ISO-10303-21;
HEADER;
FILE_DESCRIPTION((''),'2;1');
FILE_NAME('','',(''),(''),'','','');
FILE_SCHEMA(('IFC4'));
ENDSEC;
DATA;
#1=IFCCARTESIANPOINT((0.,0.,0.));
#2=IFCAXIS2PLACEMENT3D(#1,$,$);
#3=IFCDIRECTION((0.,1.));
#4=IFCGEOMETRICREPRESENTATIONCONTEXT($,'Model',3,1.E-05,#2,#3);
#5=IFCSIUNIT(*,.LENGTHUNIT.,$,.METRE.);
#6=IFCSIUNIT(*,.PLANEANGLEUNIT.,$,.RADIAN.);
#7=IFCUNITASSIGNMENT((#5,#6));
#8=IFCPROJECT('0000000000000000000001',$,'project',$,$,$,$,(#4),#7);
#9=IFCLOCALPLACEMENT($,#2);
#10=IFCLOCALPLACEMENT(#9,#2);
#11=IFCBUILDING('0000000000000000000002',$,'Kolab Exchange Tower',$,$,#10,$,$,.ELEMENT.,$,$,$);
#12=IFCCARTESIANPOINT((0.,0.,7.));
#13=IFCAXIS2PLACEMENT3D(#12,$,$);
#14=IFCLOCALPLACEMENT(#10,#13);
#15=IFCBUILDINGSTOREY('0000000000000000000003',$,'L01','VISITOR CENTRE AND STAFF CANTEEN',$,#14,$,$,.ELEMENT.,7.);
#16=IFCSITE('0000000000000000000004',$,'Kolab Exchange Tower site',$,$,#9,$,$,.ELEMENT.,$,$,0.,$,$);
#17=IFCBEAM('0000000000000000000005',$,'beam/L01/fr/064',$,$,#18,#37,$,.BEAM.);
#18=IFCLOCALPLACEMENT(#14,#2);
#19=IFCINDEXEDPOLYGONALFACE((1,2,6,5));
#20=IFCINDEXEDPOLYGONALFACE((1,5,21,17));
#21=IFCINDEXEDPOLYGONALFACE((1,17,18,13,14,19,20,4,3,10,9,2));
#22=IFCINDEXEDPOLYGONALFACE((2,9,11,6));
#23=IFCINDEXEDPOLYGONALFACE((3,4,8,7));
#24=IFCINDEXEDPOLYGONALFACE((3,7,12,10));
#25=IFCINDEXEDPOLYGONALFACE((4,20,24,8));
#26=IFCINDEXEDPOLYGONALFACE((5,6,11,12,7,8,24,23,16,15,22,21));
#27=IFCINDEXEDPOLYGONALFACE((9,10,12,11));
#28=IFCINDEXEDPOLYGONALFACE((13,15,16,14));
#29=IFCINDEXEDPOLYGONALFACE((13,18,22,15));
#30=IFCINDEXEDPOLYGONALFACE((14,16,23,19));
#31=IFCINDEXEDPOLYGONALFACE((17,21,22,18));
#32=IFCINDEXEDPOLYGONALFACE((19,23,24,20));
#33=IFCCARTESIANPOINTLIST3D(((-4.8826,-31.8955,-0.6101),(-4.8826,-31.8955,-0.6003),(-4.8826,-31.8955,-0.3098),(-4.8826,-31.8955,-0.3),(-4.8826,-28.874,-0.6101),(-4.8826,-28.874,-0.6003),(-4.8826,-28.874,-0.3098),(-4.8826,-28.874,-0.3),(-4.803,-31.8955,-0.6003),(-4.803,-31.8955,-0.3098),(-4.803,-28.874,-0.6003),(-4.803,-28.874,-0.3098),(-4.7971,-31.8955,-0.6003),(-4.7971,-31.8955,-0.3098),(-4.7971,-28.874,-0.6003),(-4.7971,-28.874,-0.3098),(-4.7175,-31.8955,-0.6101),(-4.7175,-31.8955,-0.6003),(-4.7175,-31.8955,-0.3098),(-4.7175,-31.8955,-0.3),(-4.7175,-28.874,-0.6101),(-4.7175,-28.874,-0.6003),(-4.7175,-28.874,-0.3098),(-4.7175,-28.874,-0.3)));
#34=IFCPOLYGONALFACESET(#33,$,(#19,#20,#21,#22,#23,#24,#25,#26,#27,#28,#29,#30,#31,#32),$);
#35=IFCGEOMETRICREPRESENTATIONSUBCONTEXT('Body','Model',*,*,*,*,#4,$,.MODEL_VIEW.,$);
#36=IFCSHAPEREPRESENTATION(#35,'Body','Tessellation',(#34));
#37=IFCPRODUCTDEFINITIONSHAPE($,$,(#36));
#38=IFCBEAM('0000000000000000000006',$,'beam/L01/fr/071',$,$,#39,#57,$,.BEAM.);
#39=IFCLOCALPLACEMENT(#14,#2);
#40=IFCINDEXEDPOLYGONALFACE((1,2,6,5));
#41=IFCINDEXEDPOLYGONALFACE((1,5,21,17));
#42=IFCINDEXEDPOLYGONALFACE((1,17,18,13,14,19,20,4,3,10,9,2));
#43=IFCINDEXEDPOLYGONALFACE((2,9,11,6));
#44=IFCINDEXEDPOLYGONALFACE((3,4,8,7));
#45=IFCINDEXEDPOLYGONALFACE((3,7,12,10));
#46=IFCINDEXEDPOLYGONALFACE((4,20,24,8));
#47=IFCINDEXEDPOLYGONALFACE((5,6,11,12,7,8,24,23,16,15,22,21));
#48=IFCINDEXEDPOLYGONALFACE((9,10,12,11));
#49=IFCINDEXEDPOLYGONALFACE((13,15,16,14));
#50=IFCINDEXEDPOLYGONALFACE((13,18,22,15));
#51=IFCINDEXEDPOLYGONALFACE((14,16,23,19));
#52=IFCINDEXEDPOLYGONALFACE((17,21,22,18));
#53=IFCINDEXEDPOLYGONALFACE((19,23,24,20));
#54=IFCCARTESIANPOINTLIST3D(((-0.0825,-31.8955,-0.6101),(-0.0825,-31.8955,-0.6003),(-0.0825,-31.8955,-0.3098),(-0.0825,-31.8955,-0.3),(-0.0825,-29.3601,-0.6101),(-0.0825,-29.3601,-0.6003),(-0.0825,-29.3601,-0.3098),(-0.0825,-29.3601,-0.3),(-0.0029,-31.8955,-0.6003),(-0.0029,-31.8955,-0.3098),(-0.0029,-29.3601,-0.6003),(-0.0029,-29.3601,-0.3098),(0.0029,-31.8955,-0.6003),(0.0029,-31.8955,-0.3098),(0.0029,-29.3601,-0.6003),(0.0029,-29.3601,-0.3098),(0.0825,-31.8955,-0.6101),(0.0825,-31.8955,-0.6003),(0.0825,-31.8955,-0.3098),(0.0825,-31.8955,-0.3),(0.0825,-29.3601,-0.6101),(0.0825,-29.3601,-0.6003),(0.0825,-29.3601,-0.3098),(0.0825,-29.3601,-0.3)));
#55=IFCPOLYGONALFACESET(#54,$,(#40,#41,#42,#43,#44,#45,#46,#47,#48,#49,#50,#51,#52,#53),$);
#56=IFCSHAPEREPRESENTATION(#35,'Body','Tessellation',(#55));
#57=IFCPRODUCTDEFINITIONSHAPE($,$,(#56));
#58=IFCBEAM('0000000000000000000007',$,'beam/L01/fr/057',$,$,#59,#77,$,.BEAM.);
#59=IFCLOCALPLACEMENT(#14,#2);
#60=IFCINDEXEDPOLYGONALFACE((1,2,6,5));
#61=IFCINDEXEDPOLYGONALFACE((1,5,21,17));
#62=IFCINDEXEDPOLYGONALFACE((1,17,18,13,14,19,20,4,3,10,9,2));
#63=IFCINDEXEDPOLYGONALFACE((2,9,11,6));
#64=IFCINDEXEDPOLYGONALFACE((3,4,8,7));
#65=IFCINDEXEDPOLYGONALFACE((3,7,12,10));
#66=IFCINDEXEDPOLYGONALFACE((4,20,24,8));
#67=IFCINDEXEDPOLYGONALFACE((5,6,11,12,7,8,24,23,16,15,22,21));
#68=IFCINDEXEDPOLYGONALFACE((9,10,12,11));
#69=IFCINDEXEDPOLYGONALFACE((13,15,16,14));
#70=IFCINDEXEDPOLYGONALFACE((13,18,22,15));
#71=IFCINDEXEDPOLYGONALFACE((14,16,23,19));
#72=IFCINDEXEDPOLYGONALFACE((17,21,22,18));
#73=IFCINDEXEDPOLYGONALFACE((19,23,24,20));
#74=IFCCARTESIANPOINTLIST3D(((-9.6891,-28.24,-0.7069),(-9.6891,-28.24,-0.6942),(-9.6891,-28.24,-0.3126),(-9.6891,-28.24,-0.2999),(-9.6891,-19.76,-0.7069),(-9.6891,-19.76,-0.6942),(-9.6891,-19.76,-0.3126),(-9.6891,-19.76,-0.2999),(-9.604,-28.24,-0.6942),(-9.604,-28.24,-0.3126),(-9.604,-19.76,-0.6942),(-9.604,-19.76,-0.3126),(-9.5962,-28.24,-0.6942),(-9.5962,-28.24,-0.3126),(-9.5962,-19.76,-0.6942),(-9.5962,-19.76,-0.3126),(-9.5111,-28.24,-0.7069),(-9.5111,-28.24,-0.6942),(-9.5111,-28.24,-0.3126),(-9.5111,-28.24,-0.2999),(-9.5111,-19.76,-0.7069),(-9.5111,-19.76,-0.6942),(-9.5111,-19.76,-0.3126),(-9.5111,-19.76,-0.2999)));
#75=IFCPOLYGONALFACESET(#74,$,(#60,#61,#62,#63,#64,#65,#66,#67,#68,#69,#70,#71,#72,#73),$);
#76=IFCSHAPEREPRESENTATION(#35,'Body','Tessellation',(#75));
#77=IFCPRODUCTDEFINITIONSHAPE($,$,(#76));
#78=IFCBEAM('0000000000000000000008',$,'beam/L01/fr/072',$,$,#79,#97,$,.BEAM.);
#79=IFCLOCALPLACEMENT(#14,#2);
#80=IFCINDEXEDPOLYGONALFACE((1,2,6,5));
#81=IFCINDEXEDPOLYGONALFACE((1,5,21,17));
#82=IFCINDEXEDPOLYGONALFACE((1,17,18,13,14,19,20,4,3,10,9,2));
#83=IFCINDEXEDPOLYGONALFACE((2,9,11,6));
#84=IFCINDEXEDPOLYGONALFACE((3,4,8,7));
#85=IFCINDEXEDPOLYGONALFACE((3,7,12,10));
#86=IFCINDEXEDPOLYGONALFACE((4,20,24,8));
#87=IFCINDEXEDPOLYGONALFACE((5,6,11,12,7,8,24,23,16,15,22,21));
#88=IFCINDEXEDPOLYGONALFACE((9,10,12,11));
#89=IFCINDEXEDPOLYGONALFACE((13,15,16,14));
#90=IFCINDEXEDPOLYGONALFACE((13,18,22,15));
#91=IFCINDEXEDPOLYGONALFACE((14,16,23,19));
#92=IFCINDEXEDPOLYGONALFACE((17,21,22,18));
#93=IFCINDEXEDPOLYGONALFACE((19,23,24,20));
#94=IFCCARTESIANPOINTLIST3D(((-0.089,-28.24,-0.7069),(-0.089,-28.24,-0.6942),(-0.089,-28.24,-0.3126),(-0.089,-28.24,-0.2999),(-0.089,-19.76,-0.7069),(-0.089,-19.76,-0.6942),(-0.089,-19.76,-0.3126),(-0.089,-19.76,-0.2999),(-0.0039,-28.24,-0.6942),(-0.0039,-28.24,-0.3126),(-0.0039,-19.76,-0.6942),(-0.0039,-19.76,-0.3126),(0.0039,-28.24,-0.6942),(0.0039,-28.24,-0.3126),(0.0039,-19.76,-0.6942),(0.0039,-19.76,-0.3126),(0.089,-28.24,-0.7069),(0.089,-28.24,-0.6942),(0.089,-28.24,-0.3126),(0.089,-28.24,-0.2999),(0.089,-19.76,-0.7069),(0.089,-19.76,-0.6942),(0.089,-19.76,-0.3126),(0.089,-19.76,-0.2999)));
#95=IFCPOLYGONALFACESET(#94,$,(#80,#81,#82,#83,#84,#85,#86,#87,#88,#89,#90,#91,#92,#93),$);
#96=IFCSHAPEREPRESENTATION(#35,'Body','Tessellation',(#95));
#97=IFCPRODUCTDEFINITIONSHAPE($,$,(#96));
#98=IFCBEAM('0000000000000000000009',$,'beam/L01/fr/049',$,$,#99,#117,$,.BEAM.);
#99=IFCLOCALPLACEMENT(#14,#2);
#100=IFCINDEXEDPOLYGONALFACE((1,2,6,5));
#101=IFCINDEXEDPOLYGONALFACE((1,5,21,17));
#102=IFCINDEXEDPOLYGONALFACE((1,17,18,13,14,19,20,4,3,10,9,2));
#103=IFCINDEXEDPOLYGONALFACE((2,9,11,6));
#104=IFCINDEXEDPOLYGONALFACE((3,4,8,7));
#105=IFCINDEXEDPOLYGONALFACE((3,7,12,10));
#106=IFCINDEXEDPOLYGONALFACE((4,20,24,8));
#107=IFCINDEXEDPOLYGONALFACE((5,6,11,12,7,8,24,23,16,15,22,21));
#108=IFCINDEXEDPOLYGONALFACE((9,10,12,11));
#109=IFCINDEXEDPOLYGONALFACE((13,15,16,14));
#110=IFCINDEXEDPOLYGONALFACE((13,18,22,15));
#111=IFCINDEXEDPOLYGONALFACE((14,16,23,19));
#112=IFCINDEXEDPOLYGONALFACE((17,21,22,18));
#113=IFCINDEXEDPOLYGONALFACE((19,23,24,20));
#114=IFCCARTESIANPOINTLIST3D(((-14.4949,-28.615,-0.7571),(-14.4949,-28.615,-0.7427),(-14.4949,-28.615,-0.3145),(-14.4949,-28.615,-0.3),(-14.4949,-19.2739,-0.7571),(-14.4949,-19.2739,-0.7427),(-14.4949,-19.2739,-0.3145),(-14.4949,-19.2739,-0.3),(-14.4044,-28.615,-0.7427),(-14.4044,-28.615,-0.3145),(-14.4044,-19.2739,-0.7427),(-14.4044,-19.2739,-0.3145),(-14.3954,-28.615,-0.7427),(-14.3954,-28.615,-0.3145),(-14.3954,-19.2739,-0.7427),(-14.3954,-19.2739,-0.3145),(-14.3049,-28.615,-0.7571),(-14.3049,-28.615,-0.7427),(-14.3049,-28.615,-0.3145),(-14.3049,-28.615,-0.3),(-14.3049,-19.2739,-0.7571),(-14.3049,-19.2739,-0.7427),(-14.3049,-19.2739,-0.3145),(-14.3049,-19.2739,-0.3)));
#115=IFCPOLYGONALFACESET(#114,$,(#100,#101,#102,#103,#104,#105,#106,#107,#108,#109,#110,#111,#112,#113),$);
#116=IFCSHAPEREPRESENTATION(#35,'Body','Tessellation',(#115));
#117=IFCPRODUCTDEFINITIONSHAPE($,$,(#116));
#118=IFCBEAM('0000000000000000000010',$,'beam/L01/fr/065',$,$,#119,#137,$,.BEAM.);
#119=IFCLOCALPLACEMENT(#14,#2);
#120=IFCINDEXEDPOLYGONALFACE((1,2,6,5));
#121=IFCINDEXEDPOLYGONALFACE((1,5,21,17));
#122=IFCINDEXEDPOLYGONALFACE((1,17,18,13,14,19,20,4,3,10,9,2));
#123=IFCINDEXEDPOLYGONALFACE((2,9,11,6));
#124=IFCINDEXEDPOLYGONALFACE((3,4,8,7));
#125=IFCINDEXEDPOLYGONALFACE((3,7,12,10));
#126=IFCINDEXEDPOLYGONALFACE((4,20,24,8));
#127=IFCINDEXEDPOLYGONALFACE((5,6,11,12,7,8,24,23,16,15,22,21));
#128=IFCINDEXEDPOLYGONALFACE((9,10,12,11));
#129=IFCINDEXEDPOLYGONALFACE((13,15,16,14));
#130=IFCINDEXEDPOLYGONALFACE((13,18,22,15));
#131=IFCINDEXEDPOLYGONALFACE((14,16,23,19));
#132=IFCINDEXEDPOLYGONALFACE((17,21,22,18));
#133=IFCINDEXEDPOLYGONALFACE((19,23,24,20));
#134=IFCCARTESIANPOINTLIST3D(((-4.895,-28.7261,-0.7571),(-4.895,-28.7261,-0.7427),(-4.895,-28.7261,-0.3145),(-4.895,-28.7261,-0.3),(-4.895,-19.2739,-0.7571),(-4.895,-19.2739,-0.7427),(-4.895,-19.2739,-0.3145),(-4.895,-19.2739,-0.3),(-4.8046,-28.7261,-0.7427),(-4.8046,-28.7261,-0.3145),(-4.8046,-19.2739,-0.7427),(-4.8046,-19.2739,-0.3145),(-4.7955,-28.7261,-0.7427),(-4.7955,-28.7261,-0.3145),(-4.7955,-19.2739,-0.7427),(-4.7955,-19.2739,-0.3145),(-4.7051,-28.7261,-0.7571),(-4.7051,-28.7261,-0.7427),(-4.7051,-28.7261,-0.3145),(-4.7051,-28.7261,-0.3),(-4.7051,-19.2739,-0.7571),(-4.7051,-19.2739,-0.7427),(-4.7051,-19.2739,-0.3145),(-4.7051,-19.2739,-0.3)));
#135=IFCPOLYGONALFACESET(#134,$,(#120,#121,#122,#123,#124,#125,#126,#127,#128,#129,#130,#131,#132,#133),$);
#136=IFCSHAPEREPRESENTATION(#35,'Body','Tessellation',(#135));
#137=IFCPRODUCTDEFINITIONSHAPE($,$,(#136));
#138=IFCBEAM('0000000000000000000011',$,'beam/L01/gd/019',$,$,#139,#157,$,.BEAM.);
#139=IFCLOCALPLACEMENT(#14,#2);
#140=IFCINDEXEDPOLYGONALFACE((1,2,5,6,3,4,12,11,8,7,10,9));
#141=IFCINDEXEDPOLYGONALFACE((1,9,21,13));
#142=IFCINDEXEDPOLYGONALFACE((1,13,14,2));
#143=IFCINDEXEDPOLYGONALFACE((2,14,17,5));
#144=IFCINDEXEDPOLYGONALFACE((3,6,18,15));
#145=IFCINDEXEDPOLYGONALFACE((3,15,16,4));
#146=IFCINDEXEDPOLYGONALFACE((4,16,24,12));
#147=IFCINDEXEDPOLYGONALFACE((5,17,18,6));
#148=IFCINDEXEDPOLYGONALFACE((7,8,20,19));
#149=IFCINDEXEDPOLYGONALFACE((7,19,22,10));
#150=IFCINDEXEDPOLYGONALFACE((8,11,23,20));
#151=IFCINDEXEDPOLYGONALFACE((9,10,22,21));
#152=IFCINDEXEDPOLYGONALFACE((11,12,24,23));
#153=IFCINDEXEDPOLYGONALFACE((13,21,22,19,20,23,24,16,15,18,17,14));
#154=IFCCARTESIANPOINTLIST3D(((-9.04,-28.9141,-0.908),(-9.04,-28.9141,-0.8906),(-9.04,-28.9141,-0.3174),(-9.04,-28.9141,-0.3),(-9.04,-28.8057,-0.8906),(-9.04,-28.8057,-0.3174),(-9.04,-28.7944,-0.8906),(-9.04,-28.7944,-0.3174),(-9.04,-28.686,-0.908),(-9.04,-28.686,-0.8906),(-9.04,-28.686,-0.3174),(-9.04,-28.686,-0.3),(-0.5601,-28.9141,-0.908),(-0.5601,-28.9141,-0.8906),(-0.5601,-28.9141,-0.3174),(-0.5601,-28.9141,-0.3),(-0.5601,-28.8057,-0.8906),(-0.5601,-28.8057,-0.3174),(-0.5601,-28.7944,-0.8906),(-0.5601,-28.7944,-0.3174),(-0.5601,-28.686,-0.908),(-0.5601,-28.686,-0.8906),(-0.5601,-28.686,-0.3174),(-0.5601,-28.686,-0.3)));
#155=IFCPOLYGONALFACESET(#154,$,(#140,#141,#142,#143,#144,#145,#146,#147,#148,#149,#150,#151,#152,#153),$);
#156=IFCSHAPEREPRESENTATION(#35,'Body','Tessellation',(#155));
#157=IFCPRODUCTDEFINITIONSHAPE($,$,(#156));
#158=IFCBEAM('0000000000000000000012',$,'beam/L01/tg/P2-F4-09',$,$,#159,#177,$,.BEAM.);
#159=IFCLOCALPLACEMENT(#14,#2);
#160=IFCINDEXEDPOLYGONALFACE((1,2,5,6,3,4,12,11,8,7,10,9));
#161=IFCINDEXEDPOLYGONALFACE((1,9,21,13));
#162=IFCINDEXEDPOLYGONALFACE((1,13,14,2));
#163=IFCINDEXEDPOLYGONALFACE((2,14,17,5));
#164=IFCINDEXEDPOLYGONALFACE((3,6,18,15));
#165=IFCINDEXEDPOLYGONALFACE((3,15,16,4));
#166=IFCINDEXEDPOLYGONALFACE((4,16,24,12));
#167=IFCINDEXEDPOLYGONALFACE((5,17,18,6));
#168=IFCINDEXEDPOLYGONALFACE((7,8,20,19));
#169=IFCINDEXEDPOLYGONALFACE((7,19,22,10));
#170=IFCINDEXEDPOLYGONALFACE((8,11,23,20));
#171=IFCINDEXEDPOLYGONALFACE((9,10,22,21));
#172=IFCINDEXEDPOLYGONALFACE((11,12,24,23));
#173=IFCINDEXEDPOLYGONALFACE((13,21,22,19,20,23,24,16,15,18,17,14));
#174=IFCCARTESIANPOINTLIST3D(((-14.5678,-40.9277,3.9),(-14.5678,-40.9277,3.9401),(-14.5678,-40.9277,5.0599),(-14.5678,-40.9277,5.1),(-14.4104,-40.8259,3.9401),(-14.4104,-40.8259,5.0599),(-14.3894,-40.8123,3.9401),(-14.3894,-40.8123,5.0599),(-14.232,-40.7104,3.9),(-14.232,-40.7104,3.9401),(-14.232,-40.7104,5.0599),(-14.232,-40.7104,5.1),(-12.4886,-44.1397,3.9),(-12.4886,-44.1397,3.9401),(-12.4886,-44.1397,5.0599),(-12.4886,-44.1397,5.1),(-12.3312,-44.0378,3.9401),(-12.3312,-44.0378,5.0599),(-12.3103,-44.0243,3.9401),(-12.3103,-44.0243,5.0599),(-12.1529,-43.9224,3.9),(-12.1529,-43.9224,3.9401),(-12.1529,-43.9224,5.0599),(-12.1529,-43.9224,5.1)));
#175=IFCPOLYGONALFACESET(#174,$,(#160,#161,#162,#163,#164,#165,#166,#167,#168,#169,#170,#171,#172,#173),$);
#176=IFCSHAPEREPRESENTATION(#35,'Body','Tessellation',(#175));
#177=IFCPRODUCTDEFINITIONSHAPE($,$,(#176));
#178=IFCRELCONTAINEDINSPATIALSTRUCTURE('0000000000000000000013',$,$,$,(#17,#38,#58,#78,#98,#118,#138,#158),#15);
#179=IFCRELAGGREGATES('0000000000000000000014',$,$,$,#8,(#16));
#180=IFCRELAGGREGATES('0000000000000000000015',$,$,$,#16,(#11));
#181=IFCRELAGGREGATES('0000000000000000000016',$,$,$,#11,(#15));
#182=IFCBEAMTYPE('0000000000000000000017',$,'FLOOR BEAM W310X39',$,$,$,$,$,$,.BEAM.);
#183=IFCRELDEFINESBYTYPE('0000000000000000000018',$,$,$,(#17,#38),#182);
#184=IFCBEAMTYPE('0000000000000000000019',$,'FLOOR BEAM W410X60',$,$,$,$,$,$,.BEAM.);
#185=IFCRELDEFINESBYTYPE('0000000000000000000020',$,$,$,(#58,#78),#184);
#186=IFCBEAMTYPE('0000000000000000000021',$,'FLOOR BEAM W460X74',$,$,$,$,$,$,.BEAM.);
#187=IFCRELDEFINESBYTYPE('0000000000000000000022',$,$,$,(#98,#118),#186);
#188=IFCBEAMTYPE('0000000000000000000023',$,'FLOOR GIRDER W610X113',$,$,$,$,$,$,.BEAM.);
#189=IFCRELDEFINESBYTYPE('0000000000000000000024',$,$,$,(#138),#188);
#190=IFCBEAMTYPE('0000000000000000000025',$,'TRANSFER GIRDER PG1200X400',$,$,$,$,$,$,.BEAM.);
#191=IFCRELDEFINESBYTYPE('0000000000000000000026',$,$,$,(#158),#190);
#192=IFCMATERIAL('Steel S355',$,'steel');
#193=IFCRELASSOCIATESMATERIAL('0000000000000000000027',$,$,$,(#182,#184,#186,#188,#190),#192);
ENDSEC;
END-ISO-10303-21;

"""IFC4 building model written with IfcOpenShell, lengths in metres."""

from ifc_helpers import new_model, si_unit, direction, frame, origin, origin_2d, place, context, subcontext, project, spatial, i_section, extrude, material, material_profile, profile_set, type_object, element, save


model = new_model("IFC4")

# Units and contexts
model_context = context("Model", 3, precision=1e-05, world=origin(), true_north=direction((0.0, 1.0)))
body_context = subcontext(model_context, "Body", "Model", "MODEL_VIEW")
ifc_project = project(units=[si_unit("LENGTHUNIT", "METRE"), si_unit("PLANEANGLEUNIT", "RADIAN")], contexts=[model_context])

# Site, building, storey
site_placement = place(None, origin())
site = spatial("IfcSite", under=ifc_project, at=site_placement, Name="Kolab Exchange Tower site", CompositionType="ELEMENT", RefElevation=0.0)
building_placement = place(site_placement, origin())
building = spatial("IfcBuilding", under=site, at=building_placement, Name="Kolab Exchange Tower", CompositionType="ELEMENT")
storey_placement = place(building_placement, frame((0.0, 0.0, 7.0)))
storey = spatial("IfcBuildingStorey", under=building, at=storey_placement, Name="L01", Description="VISITOR CENTRE AND STAFF CANTEEN", CompositionType="ELEMENT", Elevation=7.0)

# Beams
ifc_material_1 = material(Name="Steel S355", Category="steel")
ifc_material_profile_1 = material_profile(ifc_material_1, i_section(OverallWidth=0.165, OverallDepth=0.3101, WebThickness=0.0059, FlangeThickness=0.0098, at=origin_2d()), Name="W310X39")
ifc_profile_set_1 = profile_set([ifc_material_profile_1], Name="Steel S355")
beam_type_1 = type_object("IfcBeamType", Name="FLOOR BEAM W310X39", PredefinedType="BEAM", material=ifc_profile_set_1)
beam_1_placement = place(storey_placement, frame((-4.8, -31.8955, -0.4551), z_axis=(0.0, 1.0, 0.0), x_axis=(-1.0, 0.0, 0.0)))
element("IfcBeam", 1, at=beam_1_placement, inside=storey, type_object=beam_type_1, Name="beam/L01/fr/064", PredefinedType="BEAM", context=body_context, shape_type="SweptSolid", body=[
    extrude(i_section(OverallWidth=0.165, OverallDepth=0.3101, WebThickness=0.0059, FlangeThickness=0.0098, at=origin_2d()), origin(), (0.0, 0.0, 1.0), 3.0215),
])
beam_2_placement = place(storey_placement, frame((0.0, -31.8955, -0.4551), z_axis=(0.0, 1.0, 0.0), x_axis=(-1.0, 0.0, 0.0)))
element("IfcBeam", 2, at=beam_2_placement, inside=storey, type_object=beam_type_1, Name="beam/L01/fr/071", PredefinedType="BEAM", context=body_context, shape_type="SweptSolid", body=[
    extrude(i_section(OverallWidth=0.165, OverallDepth=0.3101, WebThickness=0.0059, FlangeThickness=0.0098, at=origin_2d()), origin(), (0.0, 0.0, 1.0), 2.5354),
])
ifc_material_profile_2 = material_profile(ifc_material_1, i_section(OverallWidth=0.178, OverallDepth=0.407, WebThickness=0.0078, FlangeThickness=0.0127, at=origin_2d()), Name="W410X60")
ifc_profile_set_2 = profile_set([ifc_material_profile_2], Name="Steel S355")
beam_type_2 = type_object("IfcBeamType", Name="FLOOR BEAM W410X60", PredefinedType="BEAM", material=ifc_profile_set_2)
for number, where, z_axis, x_axis, name in (
    (3, (-9.6001, -28.24, -0.5034), (0.0, 1.0, 0.0), (-1.0, 0.0, 0.0), "beam/L01/fr/057"),
    (4, (0.0, -28.24, -0.5034), (0.0, 1.0, 0.0), (-1.0, 0.0, 0.0), "beam/L01/fr/072"),
):
    element("IfcBeam", number, at=place(storey_placement, frame(where, z_axis=z_axis, x_axis=x_axis)), inside=storey, type_object=beam_type_2, Name=name, PredefinedType="BEAM", context=body_context, shape_type="SweptSolid", body=[
        extrude(i_section(OverallWidth=0.178, OverallDepth=0.407, WebThickness=0.0078, FlangeThickness=0.0127, at=origin_2d()), origin(), (0.0, 0.0, 1.0), 8.48),
    ])
ifc_material_profile_3 = material_profile(ifc_material_1, i_section(OverallWidth=0.1899, OverallDepth=0.457, WebThickness=0.009, FlangeThickness=0.0144, at=origin_2d()), Name="W460X74")
ifc_profile_set_3 = profile_set([ifc_material_profile_3], Name="Steel S355")
beam_type_3 = type_object("IfcBeamType", Name="FLOOR BEAM W460X74", PredefinedType="BEAM", material=ifc_profile_set_3)
beam_3_placement = place(storey_placement, frame((-14.3999, -28.615, -0.5286), z_axis=(0.0, 1.0, 0.0), x_axis=(-1.0, 0.0, 0.0)))
element("IfcBeam", 5, at=beam_3_placement, inside=storey, type_object=beam_type_3, Name="beam/L01/fr/049", PredefinedType="BEAM", context=body_context, shape_type="SweptSolid", body=[
    extrude(i_section(OverallWidth=0.1899, OverallDepth=0.457, WebThickness=0.009, FlangeThickness=0.0144, at=origin_2d()), origin(), (0.0, 0.0, 1.0), 9.3411),
])
beam_4_placement = place(storey_placement, frame((-4.8, -28.7261, -0.5286), z_axis=(0.0, 1.0, 0.0), x_axis=(-1.0, 0.0, 0.0)))
element("IfcBeam", 6, at=beam_4_placement, inside=storey, type_object=beam_type_3, Name="beam/L01/fr/065", PredefinedType="BEAM", context=body_context, shape_type="SweptSolid", body=[
    extrude(i_section(OverallWidth=0.1899, OverallDepth=0.457, WebThickness=0.009, FlangeThickness=0.0144, at=origin_2d()), origin(), (0.0, 0.0, 1.0), 9.4521),
])
ifc_material_profile_4 = material_profile(ifc_material_1, i_section(OverallWidth=0.228, OverallDepth=0.6079, WebThickness=0.0112, FlangeThickness=0.0173, at=origin_2d()), Name="W610X113")
ifc_profile_set_4 = profile_set([ifc_material_profile_4], Name="Steel S355")
beam_type_4 = type_object("IfcBeamType", Name="FLOOR GIRDER W610X113", PredefinedType="BEAM", material=ifc_profile_set_4)
beam_5_placement = place(storey_placement, frame((-9.04, -28.8, -0.604), z_axis=(1.0, 0.0, 0.0), x_axis=(0.0, 1.0, 0.0)))
element("IfcBeam", 7, at=beam_5_placement, inside=storey, type_object=beam_type_4, Name="beam/L01/gd/019", PredefinedType="BEAM", context=body_context, shape_type="SweptSolid", body=[
    extrude(i_section(OverallWidth=0.228, OverallDepth=0.6079, WebThickness=0.0112, FlangeThickness=0.0173, at=origin_2d()), origin(), (0.0, 0.0, 1.0), 8.48),
])
ifc_material_profile_5 = material_profile(ifc_material_1, i_section(OverallWidth=0.3999, OverallDepth=1.2, WebThickness=0.0249, FlangeThickness=0.04, at=origin_2d()), Name="PG1200X400")
ifc_profile_set_5 = profile_set([ifc_material_profile_5], Name="Steel S355")
beam_type_5 = type_object("IfcBeamType", Name="TRANSFER GIRDER PG1200X400", PredefinedType="BEAM", material=ifc_profile_set_5)
beam_6_placement = place(storey_placement, frame((-14.3999, -40.8191, 4.5), z_axis=(0.543399, -0.839474, 0.0), x_axis=(0.839474, 0.543399, 0.0)))
element("IfcBeam", 8, at=beam_6_placement, inside=storey, type_object=beam_type_5, Name="beam/L01/tg/P2-F4-09", PredefinedType="BEAM", context=body_context, shape_type="SweptSolid", body=[
    extrude(i_section(OverallWidth=0.3999, OverallDepth=1.2, WebThickness=0.0249, FlangeThickness=0.04, at=origin_2d()), origin(), (0.0, 0.0, 1.0), 3.8262),
])

save(model, "model.ifc")
